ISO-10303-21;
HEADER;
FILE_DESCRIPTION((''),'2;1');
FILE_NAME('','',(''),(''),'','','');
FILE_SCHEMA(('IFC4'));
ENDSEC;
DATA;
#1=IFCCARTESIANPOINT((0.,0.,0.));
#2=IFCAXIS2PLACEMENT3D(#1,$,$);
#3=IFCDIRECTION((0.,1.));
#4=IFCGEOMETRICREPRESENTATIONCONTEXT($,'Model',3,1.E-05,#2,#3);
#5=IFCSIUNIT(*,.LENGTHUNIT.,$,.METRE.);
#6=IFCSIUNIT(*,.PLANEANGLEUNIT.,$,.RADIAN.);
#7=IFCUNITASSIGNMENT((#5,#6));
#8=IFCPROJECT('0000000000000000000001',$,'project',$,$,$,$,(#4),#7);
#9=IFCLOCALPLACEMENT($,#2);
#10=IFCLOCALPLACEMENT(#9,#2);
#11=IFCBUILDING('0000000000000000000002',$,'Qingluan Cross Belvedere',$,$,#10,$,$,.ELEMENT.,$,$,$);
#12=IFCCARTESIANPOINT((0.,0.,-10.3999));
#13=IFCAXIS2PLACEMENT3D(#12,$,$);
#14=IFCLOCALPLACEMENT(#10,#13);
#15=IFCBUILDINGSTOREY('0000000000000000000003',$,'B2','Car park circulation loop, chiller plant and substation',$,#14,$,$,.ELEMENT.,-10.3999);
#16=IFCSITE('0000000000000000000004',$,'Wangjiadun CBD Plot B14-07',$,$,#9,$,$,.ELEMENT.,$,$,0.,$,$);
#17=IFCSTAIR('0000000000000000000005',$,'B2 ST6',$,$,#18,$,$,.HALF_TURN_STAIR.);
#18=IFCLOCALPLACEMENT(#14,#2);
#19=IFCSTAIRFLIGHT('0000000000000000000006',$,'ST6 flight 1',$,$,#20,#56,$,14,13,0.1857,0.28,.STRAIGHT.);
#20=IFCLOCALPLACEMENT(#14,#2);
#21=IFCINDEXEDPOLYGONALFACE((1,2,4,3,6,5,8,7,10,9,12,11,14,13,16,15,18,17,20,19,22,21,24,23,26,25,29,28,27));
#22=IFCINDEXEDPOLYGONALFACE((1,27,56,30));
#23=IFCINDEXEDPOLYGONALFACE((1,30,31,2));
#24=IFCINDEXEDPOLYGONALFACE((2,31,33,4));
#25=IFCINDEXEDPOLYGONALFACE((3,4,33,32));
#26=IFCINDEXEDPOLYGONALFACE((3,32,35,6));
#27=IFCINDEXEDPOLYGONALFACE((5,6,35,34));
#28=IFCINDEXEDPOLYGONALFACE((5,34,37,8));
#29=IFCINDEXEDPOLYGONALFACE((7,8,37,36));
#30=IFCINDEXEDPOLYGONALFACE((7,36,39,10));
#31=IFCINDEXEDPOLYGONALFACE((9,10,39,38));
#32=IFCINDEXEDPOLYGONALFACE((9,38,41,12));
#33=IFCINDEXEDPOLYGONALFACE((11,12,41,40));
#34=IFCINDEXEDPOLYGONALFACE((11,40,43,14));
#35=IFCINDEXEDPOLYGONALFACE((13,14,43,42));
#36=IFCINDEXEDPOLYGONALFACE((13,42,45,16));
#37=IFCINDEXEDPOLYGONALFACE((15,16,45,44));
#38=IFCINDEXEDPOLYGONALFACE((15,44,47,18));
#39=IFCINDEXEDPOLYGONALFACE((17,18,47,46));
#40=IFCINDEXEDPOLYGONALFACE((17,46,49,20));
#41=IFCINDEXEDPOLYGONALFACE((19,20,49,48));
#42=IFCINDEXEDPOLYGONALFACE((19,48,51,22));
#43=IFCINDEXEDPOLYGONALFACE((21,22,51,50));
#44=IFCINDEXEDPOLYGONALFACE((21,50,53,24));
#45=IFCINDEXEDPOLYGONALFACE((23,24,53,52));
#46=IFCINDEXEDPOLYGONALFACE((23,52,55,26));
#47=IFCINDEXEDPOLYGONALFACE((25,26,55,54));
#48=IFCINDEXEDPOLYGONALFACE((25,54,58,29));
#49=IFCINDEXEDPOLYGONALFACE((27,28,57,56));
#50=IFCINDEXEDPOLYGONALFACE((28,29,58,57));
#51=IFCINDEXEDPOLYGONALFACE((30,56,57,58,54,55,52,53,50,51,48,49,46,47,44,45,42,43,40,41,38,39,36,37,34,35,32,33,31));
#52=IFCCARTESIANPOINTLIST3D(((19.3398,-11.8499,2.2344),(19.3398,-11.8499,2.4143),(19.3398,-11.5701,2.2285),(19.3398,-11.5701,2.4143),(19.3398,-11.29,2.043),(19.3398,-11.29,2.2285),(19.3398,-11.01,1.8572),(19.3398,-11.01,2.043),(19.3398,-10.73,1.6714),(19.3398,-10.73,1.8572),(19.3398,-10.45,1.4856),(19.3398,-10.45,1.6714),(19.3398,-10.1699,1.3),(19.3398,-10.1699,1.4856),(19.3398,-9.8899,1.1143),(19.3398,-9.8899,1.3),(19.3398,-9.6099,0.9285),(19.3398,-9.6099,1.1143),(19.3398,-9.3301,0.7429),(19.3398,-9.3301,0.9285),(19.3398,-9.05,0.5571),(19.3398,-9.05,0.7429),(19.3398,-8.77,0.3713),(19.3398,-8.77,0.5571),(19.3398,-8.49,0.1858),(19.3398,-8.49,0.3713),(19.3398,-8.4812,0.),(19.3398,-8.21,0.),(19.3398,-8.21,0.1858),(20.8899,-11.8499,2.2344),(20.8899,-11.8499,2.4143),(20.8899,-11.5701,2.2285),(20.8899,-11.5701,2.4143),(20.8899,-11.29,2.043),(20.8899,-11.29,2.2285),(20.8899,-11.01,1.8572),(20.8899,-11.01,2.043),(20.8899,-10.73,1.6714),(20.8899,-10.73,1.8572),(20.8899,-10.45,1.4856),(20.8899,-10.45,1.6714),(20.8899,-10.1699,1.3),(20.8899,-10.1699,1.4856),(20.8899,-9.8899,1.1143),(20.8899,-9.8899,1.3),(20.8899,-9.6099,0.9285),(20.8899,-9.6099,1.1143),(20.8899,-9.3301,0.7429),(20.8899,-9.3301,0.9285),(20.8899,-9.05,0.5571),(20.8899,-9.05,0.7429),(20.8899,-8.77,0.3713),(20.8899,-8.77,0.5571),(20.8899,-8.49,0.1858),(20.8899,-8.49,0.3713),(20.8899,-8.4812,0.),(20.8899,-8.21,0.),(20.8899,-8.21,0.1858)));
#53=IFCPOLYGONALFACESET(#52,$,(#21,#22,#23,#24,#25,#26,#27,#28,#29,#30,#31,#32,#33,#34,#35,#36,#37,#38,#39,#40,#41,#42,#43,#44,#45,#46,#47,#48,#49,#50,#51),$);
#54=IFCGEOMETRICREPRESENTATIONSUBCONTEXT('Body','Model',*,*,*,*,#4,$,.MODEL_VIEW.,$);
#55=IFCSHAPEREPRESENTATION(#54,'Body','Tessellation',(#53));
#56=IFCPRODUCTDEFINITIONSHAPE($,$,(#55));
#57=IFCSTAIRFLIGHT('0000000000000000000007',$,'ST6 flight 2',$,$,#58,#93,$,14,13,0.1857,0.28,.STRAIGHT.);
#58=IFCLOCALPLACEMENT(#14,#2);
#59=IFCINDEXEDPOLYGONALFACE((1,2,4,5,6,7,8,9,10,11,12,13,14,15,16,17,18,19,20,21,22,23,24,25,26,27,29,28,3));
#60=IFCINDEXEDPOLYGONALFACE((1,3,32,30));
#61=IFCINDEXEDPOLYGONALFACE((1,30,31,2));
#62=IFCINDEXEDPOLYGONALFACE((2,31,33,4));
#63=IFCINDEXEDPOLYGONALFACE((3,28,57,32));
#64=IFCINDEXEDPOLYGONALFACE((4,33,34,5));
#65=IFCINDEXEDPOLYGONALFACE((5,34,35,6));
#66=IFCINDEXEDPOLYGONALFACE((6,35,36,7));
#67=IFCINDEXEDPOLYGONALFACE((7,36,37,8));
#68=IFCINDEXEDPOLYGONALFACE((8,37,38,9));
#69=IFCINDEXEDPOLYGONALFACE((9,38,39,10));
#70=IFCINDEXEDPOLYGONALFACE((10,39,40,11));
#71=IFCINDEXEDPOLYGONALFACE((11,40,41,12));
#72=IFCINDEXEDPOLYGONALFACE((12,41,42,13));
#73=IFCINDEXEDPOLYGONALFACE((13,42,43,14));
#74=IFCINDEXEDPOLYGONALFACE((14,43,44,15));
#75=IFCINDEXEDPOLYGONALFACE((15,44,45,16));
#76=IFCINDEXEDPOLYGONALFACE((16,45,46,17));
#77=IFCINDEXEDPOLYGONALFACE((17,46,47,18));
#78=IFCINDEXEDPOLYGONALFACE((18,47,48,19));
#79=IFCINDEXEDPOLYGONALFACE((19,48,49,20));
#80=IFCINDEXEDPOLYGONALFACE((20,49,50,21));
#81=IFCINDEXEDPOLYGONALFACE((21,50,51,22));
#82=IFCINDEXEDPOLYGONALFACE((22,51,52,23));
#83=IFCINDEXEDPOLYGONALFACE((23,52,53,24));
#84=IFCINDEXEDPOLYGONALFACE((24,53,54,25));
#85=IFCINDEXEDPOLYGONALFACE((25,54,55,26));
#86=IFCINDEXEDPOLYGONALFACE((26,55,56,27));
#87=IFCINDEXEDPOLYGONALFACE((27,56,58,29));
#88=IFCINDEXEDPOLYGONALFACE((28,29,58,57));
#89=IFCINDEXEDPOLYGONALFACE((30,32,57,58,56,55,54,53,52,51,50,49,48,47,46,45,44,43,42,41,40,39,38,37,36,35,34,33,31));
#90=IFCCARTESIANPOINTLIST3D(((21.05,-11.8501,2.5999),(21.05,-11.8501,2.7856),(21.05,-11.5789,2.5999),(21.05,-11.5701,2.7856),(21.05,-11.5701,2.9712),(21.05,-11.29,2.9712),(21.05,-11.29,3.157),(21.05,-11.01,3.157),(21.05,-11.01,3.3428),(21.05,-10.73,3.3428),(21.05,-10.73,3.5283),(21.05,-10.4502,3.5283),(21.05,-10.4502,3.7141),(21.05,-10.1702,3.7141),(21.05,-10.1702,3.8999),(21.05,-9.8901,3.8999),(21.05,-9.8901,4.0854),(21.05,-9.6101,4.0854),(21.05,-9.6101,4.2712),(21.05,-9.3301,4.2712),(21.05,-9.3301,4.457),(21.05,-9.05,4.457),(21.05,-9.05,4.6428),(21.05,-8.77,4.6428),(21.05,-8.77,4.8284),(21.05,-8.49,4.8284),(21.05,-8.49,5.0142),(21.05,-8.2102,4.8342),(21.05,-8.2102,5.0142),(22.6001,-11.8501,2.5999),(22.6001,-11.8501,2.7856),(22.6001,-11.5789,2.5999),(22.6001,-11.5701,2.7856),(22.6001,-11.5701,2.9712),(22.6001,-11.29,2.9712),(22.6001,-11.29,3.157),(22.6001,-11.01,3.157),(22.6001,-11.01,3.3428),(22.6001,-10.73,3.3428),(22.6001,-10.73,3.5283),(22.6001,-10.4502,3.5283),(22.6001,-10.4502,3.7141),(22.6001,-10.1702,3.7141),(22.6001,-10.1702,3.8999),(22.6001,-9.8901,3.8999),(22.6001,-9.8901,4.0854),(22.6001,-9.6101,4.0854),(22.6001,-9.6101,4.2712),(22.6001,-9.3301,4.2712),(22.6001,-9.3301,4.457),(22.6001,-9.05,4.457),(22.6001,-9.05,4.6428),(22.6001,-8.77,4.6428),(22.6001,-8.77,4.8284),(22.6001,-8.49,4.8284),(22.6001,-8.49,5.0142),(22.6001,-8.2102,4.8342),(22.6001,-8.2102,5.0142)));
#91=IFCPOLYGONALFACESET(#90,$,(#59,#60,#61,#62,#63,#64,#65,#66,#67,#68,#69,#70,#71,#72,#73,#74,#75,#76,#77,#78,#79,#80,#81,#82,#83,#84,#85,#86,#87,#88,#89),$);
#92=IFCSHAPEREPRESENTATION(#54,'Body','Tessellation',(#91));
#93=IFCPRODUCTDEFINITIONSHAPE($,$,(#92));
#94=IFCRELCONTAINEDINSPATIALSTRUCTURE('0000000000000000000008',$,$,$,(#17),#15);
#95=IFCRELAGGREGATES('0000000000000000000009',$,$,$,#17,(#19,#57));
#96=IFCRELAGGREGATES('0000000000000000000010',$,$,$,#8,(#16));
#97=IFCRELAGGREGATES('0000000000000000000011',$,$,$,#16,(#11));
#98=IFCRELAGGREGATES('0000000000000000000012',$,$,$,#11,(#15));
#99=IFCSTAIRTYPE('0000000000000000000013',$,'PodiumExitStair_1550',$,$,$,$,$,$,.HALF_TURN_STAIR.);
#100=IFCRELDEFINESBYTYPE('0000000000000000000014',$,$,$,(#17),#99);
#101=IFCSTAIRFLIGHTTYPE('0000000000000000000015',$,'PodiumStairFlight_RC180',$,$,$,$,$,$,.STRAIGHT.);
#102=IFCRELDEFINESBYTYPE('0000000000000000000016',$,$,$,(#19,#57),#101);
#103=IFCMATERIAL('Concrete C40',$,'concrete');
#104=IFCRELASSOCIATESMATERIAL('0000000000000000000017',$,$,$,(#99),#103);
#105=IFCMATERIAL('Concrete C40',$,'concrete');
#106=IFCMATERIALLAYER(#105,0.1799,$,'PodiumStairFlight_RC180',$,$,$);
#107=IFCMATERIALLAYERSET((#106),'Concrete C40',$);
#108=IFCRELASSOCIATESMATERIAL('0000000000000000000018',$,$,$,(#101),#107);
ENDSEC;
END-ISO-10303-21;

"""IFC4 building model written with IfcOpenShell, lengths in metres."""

from ifc_helpers import new_model, si_unit, direction, frame, origin, place, context, subcontext, project, spatial, polyline, outline, extrude, material, layer, layer_set, type_object, element, aggregate, save


model = new_model("IFC4")

# Units and contexts
model_context = context("Model", 3, precision=1e-05, world=origin(), true_north=direction((0.0, 1.0)))
body_context = subcontext(model_context, "Body", "Model", "MODEL_VIEW")
ifc_project = project(units=[si_unit("LENGTHUNIT", "METRE"), si_unit("PLANEANGLEUNIT", "RADIAN")], contexts=[model_context])

# Site, building, storey
site_placement = place(None, origin())
site = spatial("IfcSite", under=ifc_project, at=site_placement, Name="Wangjiadun CBD Plot B14-07", CompositionType="ELEMENT", RefElevation=0.0)
building_placement = place(site_placement, origin())
building = spatial("IfcBuilding", under=site, at=building_placement, Name="Qingluan Cross Belvedere", CompositionType="ELEMENT")
storey_placement = place(building_placement, frame((0.0, 0.0, -10.3999)))
storey = spatial("IfcBuildingStorey", under=building, at=storey_placement, Name="B2", Description="Car park circulation loop, chiller plant and substation", CompositionType="ELEMENT", Elevation=-10.3999)

# Stair, stair flights
ifc_material_1 = material(Name="Concrete C40", Category="concrete")
stair_type = type_object("IfcStairType", Name="PodiumExitStair_1550", PredefinedType="HALF_TURN_STAIR", material=ifc_material_1)
stair_placement = place(storey_placement, origin())
stair = element("IfcStair", 1, at=stair_placement, inside=storey, type_object=stair_type, Name="B2 ST6", PredefinedType="HALF_TURN_STAIR")
ifc_material_2 = material(Name="Concrete C40", Category="concrete")
ifc_layer_1 = layer(ifc_material_2, 0.1799, Name="PodiumStairFlight_RC180")
ifc_layer_set_1 = layer_set([ifc_layer_1], Name="Concrete C40")
stair_flight_type = type_object("IfcStairFlightType", Name="PodiumStairFlight_RC180", PredefinedType="STRAIGHT", material=ifc_layer_set_1)
stair_flight_1_placement = place(storey_placement, frame((20.115, -8.21, 0.0), z_axis=(0.0, 0.0, 1.0), x_axis=(0.0, -1.0, 0.0)))
stair_flight_1 = element("IfcStairFlight", 2, at=stair_flight_1_placement, type_object=stair_flight_type, Name="ST6 flight 1", NumberOfRisers=14, NumberOfTreads=13, PredefinedType="STRAIGHT", RiserHeight=0.1857, TreadLength=0.28, context=body_context, shape_type="SweptSolid", body=[
    extrude(outline(polyline([(0.0, 0.0), (0.0, 0.1858), (0.28, 0.1858), (0.28, 0.3713), (0.5601, 0.3713), (0.5601, 0.5571), (0.8401, 0.5571), (0.8401, 0.7429), (1.1201, 0.7429), (1.1201, 0.9285), (1.3999, 0.9285), (1.3999, 1.1143), (1.6799, 1.1143), (1.6799, 1.3), (1.96, 1.3), (1.96, 1.4856), (2.24, 1.4856), (2.24, 1.6714), (2.52, 1.6714), (2.52, 1.8572), (2.8, 1.8572), (2.8, 2.043), (3.0801, 2.043), (3.0801, 2.2285), (3.3601, 2.2285), (3.3601, 2.4143), (3.6399, 2.4143), (3.6399, 2.6001), (3.6399, 2.2344), (0.2712, 0.0), (0.0, 0.0)])), frame((0.0, 0.7749, 0.0), z_axis=(0.0, -1.0, 0.0), x_axis=(1.0, 0.0, 0.0)), (0.0, 0.0, 1.0), 1.55),
])
stair_flight_2_placement = place(storey_placement, frame((21.825, -11.8501, 2.5999), z_axis=(0.0, 0.0, 1.0), x_axis=(0.0, 1.0, 0.0)))
stair_flight_2 = element("IfcStairFlight", 3, at=stair_flight_2_placement, type_object=stair_flight_type, Name="ST6 flight 2", NumberOfRisers=14, NumberOfTreads=13, PredefinedType="STRAIGHT", RiserHeight=0.1857, TreadLength=0.28, context=body_context, shape_type="SweptSolid", body=[
    extrude(outline(polyline([(0.0, 0.0), (0.0, 0.1858), (0.28, 0.1858), (0.28, 0.3713), (0.5601, 0.3713), (0.5601, 0.5571), (0.8401, 0.5571), (0.8401, 0.7429), (1.1201, 0.7429), (1.1201, 0.9285), (1.3999, 0.9285), (1.3999, 1.1143), (1.6799, 1.1143), (1.6799, 1.3), (1.96, 1.3), (1.96, 1.4856), (2.24, 1.4856), (2.24, 1.6714), (2.52, 1.6714), (2.52, 1.8572), (2.8, 1.8572), (2.8, 2.043), (3.0801, 2.043), (3.0801, 2.2285), (3.3601, 2.2285), (3.3601, 2.4143), (3.6399, 2.4143), (3.6399, 2.6001), (3.6399, 2.2344), (0.2712, 0.0), (0.0, 0.0)])), frame((0.0, 0.7749, 0.0), z_axis=(0.0, -1.0, 0.0), x_axis=(1.0, 0.0, 0.0)), (0.0, 0.0, 1.0), 1.55),
])
aggregate(stair, [stair_flight_1, stair_flight_2])

save(model, "model.ifc")
